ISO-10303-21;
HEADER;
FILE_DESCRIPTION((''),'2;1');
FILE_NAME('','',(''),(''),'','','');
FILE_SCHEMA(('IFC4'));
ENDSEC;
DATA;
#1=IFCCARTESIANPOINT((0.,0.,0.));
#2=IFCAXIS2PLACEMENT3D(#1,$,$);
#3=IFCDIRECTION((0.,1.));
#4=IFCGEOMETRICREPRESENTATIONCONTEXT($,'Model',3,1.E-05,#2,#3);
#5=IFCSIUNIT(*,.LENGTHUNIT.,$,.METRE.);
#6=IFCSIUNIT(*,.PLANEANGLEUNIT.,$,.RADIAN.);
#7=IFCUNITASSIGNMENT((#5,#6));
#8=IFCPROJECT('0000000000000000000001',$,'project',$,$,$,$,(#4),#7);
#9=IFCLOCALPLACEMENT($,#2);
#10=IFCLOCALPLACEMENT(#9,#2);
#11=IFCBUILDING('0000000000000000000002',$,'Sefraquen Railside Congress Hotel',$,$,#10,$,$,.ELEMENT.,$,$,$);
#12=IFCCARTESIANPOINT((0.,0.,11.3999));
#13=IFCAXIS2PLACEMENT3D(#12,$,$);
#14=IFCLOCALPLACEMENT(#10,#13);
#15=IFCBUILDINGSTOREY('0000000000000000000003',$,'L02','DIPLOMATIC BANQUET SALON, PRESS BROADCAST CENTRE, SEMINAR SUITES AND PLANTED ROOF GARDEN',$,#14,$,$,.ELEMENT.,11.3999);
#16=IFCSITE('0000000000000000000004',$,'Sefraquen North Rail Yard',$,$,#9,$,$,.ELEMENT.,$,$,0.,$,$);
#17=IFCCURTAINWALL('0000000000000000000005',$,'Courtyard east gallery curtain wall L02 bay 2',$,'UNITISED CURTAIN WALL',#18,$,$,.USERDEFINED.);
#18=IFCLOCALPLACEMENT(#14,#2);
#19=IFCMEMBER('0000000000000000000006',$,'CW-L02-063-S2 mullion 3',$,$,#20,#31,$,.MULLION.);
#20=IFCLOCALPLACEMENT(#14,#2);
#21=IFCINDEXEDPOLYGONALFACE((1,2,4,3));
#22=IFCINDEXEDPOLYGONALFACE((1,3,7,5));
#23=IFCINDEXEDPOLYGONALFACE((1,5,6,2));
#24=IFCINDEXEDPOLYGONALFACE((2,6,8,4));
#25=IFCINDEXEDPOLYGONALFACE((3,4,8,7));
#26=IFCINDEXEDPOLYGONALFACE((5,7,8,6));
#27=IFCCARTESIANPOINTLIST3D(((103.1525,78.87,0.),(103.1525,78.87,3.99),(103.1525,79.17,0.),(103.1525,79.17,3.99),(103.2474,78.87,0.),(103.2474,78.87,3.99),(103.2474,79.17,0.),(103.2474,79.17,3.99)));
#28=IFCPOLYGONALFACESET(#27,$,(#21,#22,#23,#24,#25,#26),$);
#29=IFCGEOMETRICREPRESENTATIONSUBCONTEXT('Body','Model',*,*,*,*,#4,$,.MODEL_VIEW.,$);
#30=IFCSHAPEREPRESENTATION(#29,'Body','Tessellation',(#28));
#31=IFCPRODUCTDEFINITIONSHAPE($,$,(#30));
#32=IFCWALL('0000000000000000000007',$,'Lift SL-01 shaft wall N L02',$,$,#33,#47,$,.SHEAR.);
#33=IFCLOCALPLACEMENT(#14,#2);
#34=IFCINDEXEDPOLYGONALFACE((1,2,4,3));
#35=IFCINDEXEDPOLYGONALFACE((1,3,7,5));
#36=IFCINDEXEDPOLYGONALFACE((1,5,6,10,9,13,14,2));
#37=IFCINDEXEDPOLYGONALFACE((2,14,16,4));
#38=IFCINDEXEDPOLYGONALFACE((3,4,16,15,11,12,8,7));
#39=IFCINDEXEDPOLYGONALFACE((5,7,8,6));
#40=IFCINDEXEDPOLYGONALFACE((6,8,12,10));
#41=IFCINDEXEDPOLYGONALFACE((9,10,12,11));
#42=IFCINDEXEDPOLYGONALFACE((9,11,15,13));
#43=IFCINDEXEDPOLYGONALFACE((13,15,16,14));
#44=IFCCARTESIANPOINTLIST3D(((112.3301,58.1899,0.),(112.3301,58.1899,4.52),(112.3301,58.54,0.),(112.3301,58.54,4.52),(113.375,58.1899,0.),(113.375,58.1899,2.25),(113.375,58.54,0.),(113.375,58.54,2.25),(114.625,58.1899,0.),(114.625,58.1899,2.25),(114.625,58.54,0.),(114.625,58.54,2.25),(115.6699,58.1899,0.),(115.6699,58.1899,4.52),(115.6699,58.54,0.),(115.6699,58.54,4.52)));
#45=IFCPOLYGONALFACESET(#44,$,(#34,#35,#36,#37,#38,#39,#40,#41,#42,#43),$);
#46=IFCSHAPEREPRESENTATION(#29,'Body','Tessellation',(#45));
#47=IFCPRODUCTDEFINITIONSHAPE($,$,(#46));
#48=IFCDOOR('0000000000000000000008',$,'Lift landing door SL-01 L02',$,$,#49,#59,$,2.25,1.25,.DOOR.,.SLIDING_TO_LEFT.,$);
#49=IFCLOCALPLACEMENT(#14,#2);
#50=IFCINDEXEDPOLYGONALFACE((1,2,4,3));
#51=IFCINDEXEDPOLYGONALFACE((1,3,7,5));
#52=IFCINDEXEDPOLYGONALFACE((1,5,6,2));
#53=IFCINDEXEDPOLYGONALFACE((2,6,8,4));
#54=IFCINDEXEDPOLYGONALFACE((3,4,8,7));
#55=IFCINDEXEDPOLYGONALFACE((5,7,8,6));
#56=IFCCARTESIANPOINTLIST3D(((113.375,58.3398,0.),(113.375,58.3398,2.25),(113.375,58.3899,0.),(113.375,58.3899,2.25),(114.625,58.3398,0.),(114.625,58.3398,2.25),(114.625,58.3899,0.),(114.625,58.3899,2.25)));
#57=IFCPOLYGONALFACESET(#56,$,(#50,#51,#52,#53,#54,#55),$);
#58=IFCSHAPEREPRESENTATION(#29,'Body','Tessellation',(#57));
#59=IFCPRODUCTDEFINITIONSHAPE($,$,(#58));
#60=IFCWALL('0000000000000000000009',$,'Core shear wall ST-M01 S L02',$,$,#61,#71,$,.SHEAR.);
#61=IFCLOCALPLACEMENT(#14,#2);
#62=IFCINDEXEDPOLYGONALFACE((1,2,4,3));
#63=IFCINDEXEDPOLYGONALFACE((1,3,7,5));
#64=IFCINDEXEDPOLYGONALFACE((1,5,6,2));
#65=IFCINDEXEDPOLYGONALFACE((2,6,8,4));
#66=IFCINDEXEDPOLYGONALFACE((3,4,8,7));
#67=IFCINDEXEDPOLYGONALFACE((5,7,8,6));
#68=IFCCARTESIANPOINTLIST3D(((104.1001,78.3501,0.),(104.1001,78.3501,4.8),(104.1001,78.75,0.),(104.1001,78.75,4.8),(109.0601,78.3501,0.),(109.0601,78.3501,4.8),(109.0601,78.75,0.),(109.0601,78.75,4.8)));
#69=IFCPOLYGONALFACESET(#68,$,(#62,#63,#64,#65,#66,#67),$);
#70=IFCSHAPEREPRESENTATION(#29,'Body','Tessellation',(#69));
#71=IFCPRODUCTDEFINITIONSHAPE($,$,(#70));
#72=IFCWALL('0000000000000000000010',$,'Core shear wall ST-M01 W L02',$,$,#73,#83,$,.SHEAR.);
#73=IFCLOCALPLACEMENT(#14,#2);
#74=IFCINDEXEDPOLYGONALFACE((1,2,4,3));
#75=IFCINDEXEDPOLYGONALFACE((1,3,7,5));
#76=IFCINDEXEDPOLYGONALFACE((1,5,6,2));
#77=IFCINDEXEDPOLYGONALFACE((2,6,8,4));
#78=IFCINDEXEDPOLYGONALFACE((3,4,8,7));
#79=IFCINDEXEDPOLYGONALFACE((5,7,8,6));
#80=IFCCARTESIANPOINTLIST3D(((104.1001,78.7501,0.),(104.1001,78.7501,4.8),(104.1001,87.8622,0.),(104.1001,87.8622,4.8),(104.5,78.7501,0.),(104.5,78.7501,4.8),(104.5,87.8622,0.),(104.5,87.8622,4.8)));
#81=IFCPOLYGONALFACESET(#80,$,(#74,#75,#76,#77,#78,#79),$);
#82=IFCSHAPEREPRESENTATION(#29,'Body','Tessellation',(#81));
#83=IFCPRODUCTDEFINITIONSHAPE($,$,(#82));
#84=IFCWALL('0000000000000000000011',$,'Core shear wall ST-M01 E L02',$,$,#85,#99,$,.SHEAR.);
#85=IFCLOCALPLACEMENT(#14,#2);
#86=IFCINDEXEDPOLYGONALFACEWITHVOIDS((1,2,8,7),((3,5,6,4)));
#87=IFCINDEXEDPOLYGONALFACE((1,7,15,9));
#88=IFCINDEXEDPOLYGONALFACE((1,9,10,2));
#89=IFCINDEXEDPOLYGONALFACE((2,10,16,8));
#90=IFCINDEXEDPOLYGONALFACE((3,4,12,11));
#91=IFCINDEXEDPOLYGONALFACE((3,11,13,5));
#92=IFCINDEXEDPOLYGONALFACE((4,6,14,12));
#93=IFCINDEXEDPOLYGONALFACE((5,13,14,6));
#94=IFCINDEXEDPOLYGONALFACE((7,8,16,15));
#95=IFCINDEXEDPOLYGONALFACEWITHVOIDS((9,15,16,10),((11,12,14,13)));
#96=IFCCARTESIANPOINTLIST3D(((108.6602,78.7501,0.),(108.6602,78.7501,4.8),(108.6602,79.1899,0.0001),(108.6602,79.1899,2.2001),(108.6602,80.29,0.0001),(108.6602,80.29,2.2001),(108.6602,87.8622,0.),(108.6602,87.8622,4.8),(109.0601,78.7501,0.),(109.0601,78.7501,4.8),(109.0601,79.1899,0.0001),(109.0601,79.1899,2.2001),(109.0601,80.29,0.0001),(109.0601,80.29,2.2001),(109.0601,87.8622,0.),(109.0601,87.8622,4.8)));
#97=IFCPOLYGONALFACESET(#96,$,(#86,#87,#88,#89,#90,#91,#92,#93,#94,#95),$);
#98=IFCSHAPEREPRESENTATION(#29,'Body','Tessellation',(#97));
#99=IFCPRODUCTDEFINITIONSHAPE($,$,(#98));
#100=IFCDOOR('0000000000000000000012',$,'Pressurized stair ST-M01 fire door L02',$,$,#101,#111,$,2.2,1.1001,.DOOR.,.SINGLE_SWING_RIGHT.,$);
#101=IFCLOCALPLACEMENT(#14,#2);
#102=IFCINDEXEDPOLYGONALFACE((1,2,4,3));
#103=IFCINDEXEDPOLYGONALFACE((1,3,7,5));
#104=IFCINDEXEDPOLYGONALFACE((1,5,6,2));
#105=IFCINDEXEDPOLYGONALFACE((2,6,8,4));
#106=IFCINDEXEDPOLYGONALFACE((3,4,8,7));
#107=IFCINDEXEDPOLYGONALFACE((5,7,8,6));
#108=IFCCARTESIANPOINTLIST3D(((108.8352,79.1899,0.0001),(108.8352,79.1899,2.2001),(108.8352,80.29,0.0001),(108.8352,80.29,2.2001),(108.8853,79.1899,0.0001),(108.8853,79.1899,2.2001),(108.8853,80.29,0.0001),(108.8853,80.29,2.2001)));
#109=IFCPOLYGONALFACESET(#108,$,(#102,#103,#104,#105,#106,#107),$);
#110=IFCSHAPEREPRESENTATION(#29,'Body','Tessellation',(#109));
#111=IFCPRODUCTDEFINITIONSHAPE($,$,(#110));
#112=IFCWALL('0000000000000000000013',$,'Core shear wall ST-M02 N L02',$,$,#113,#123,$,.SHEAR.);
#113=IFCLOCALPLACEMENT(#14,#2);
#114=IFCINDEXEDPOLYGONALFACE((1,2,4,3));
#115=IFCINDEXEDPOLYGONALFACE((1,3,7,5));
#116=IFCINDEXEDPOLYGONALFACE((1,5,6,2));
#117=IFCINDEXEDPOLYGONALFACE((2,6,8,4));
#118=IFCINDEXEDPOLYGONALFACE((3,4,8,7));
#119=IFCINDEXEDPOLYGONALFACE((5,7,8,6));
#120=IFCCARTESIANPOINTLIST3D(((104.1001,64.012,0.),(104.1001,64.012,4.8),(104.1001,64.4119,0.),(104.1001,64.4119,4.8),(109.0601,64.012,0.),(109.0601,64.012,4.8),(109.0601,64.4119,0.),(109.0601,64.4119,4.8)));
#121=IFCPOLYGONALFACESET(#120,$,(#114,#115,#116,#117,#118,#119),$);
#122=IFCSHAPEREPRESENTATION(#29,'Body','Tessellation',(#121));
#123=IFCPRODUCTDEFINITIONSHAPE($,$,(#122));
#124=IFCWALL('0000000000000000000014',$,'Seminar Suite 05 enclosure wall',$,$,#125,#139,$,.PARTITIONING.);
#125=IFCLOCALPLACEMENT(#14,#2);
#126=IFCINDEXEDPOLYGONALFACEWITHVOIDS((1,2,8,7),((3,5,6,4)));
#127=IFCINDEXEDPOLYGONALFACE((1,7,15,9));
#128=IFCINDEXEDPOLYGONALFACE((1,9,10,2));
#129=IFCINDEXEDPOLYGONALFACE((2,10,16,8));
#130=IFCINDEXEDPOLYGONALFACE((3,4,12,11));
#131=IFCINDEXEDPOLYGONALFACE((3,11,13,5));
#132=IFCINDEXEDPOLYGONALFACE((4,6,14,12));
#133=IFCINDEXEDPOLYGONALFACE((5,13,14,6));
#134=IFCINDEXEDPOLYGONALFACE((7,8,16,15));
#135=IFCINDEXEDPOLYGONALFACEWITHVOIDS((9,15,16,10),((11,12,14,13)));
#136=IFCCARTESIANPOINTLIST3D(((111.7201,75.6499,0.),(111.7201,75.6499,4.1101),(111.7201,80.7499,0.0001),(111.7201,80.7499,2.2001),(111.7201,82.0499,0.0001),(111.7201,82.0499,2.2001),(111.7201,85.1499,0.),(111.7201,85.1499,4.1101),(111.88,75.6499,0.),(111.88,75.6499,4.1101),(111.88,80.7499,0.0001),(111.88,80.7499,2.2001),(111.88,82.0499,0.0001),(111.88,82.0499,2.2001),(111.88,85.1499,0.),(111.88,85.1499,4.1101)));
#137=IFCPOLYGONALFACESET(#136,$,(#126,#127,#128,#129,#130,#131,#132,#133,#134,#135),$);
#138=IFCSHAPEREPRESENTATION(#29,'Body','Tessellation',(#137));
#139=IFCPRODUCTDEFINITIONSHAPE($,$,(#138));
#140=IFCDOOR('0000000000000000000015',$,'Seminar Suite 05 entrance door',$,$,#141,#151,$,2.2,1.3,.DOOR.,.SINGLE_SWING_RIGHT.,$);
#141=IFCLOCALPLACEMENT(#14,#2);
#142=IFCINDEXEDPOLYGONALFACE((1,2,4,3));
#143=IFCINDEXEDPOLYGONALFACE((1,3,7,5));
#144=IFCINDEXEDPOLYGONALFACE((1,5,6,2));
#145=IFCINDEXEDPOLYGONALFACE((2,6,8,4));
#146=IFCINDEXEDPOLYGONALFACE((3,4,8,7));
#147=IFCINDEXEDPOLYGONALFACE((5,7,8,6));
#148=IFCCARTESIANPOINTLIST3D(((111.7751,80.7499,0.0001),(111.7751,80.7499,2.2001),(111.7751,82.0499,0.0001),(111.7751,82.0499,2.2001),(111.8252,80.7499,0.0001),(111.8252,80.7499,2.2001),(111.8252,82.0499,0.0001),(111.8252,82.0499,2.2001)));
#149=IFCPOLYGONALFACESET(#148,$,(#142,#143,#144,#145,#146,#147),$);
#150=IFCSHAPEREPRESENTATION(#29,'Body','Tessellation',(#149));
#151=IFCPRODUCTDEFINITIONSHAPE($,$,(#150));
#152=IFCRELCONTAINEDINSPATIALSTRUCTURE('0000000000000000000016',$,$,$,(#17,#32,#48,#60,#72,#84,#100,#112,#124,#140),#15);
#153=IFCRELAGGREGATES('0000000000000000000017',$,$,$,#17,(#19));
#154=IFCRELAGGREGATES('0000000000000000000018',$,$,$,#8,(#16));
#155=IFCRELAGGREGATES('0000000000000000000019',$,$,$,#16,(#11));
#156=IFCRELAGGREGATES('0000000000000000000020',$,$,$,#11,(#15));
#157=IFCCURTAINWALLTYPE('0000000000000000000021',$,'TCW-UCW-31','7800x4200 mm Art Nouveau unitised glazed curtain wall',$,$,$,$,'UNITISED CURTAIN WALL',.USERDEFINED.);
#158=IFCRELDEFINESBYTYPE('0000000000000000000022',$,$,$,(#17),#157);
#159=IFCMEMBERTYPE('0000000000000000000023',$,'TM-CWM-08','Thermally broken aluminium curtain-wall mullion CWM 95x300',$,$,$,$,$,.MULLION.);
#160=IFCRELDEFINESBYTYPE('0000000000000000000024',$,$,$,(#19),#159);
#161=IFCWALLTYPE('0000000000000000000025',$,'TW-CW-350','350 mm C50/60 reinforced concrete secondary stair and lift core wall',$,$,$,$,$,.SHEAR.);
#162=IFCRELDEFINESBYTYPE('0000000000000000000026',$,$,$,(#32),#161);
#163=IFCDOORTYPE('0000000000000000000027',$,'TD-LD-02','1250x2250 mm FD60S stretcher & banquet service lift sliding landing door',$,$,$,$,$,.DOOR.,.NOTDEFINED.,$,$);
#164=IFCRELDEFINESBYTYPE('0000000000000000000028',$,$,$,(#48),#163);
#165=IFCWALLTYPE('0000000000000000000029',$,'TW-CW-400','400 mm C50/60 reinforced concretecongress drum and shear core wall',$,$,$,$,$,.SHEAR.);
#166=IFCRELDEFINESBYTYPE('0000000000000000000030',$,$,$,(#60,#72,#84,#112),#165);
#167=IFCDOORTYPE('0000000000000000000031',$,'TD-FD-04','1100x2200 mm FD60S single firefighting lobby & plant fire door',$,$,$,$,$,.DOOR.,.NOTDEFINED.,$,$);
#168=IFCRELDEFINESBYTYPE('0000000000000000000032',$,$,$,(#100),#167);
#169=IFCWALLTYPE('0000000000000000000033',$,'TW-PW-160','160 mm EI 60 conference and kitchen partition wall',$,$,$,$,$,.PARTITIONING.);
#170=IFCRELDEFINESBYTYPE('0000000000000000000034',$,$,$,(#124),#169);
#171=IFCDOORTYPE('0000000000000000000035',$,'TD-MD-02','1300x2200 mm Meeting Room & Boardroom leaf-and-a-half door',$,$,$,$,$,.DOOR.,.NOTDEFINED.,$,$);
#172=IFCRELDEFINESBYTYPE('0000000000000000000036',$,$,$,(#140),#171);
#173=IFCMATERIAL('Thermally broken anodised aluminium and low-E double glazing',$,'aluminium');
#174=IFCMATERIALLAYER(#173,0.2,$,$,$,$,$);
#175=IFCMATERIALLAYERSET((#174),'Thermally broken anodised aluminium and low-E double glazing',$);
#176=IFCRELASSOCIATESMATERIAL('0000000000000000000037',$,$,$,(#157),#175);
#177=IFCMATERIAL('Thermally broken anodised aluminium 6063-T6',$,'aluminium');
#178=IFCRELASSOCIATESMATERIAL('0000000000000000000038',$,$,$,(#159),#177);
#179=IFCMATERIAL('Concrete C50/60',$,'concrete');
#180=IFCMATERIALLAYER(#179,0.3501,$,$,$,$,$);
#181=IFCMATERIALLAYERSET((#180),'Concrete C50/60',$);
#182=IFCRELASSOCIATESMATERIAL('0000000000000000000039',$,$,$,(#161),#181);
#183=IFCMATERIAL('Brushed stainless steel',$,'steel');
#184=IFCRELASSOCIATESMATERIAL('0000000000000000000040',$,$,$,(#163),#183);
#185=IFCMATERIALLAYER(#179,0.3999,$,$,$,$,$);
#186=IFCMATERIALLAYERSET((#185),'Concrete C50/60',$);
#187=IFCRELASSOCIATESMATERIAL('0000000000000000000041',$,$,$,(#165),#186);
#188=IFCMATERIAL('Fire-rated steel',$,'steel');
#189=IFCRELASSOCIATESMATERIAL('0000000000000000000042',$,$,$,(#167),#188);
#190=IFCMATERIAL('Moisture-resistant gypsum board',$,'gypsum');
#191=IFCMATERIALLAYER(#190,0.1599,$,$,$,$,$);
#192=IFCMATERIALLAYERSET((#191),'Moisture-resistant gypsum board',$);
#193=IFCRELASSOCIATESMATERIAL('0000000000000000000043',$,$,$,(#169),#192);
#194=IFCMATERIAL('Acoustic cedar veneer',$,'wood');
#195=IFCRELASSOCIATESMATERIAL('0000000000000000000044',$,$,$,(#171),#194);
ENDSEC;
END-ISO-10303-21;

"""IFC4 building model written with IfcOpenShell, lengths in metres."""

from ifc_helpers import new_model, si_unit, direction, frame, frame_2d, origin, origin_2d, place, context, subcontext, project, spatial, rectangle, extrude, material, layer, layer_set, material_profile, profile_set, type_object, element, fill, aggregate, save


model = new_model("IFC4")

# Units and contexts
model_context = context("Model", 3, precision=1e-05, world=origin(), true_north=direction((0.0, 1.0)))
body_context = subcontext(model_context, "Body", "Model", "MODEL_VIEW")
ifc_project = project(units=[si_unit("LENGTHUNIT", "METRE"), si_unit("PLANEANGLEUNIT", "RADIAN")], contexts=[model_context])

# Site, building, storey
site_placement = place(None, origin())
site = spatial("IfcSite", under=ifc_project, at=site_placement, Name="Sefraquen North Rail Yard", CompositionType="ELEMENT", RefElevation=0.0)
building_placement = place(site_placement, origin())
building = spatial("IfcBuilding", under=site, at=building_placement, Name="Sefraquen Railside Congress Hotel", CompositionType="ELEMENT")
storey_placement = place(building_placement, frame((0.0, 0.0, 11.3999)))
storey = spatial("IfcBuildingStorey", under=building, at=storey_placement, Name="L02", Description="DIPLOMATIC BANQUET SALON, PRESS BROADCAST CENTRE, SEMINAR SUITES AND PLANTED ROOF GARDEN", CompositionType="ELEMENT", Elevation=11.3999)

# Curtain wall, member
ifc_material_1 = material(Name="Thermally broken anodised aluminium and low-E double glazing", Category="aluminium")
ifc_layer_1 = layer(ifc_material_1, 0.2)
ifc_layer_set_1 = layer_set([ifc_layer_1], Name="Thermally broken anodised aluminium and low-E double glazing")
curtain_wall_type = type_object("IfcCurtainWallType", Name="TCW-UCW-31", Description="7800x4200 mm Art Nouveau unitised glazed curtain wall", ElementType="UNITISED CURTAIN WALL", PredefinedType="USERDEFINED", material=ifc_layer_set_1)
curtain_wall_placement = place(storey_placement, origin())
curtain_wall = element("IfcCurtainWall", 1, at=curtain_wall_placement, inside=storey, type_object=curtain_wall_type, Name="Courtyard east gallery curtain wall L02 bay 2", ObjectType="UNITISED CURTAIN WALL", PredefinedType="USERDEFINED")
ifc_material_2 = material(Name="Thermally broken anodised aluminium 6063-T6", Category="aluminium")
ifc_material_profile_1 = material_profile(ifc_material_2, rectangle(XDim=0.095, YDim=0.3, at=origin_2d()), Name="CWM 95x300")
ifc_profile_set_1 = profile_set([ifc_material_profile_1], Name="Thermally broken anodised aluminium 6063-T6")
member_type = type_object("IfcMemberType", Name="TM-CWM-08", Description="Thermally broken aluminium curtain-wall mullion CWM 95x300", PredefinedType="MULLION", material=ifc_profile_set_1)
member_placement = place(storey_placement, frame((103.2, 79.02, 0.0), z_axis=(0.0, 0.0, 1.0), x_axis=(1.0, 0.0, 0.0)))
member = element("IfcMember", 2, at=member_placement, type_object=member_type, Name="CW-L02-063-S2 mullion 3", PredefinedType="MULLION", context=body_context, shape_type="SweptSolid", body=[
    extrude(rectangle(XDim=0.095, YDim=0.3, at=origin_2d()), origin(), (0.0, 0.0, 1.0), 3.99),
])
aggregate(curtain_wall, [member])

# Wall, opening, door
ifc_material_3 = material(Name="Concrete C50/60", Category="concrete")
ifc_layer_2 = layer(ifc_material_3, 0.3501)
ifc_layer_set_2 = layer_set([ifc_layer_2], Name="Concrete C50/60")
wall_type_1 = type_object("IfcWallType", Name="TW-CW-350", Description="350 mm C50/60 reinforced concrete secondary stair and lift core wall", PredefinedType="SHEAR", material=ifc_layer_set_2)
wall_1_placement = place(storey_placement, frame((112.3301, 58.365, 0.0), z_axis=(0.0, 0.0, 1.0), x_axis=(1.0, 0.0, 0.0)))
wall_1 = element("IfcWall", 3, at=wall_1_placement, inside=storey, type_object=wall_type_1, Name="Lift SL-01 shaft wall N L02", PredefinedType="SHEAR", context=body_context, shape_type="SweptSolid", body=[
    extrude(rectangle(XDim=3.3398, YDim=0.3501, at=frame_2d((1.6699, 0.0))), origin(), (0.0, 0.0, 1.0), 4.52),
])
opening_1_placement = place(wall_1_placement, frame((1.0449, 0.0, 0.0)))
opening_1 = element("IfcOpeningElement", 4, at=opening_1_placement, cuts=wall_1, PredefinedType="OPENING", context=body_context, shape_type="SweptSolid", body=[
    extrude(rectangle(XDim=1.25, YDim=2.25, at=frame_2d((0.625, 1.125))), frame((0.0, 0.1851, 0.0), z_axis=(0.0, -1.0, 0.0), x_axis=(1.0, 0.0, 0.0)), (0.0, 0.0, 1.0), 0.3701),
])
ifc_material_4 = material(Name="Brushed stainless steel", Category="steel")
door_type_1 = type_object("IfcDoorType", Name="TD-LD-02", Description="1250x2250 mm FD60S stretcher & banquet service lift sliding landing door", OperationType="NOTDEFINED", PredefinedType="DOOR", material=ifc_material_4)
door_1_placement = place(opening_1_placement, origin())
door_1 = element("IfcDoor", 5, at=door_1_placement, inside=storey, type_object=door_type_1, Name="Lift landing door SL-01 L02", OperationType="SLIDING_TO_LEFT", OverallHeight=2.25, OverallWidth=1.25, PredefinedType="DOOR", context=body_context, shape_type="SweptSolid", body=[
    extrude(rectangle(XDim=1.25, YDim=2.25, at=frame_2d((0.625, 1.125))), frame((0.0, 0.0249, 0.0), z_axis=(0.0, -1.0, 0.0), x_axis=(1.0, 0.0, 0.0)), (0.0, 0.0, 1.0), 0.05),
])
fill(opening_1, door_1)

# Walls
ifc_layer_3 = layer(ifc_material_3, 0.3999)
ifc_layer_set_3 = layer_set([ifc_layer_3], Name="Concrete C50/60")
wall_type_2 = type_object("IfcWallType", Name="TW-CW-400", Description="400 mm C50/60 reinforced concretecongress drum and shear core wall", PredefinedType="SHEAR", material=ifc_layer_set_3)
wall_2_placement = place(storey_placement, frame((104.1001, 78.55, 0.0), z_axis=(0.0, 0.0, 1.0), x_axis=(1.0, 0.0, 0.0)))
element("IfcWall", 6, at=wall_2_placement, inside=storey, type_object=wall_type_2, Name="Core shear wall ST-M01 S L02", PredefinedType="SHEAR", context=body_context, shape_type="SweptSolid", body=[
    extrude(rectangle(XDim=4.96, YDim=0.3999, at=frame_2d((2.48, 0.0))), origin(), (0.0, 0.0, 1.0), 4.8),
])
wall_3_placement = place(storey_placement, frame((104.3, 78.75, 0.0), z_axis=(0.0, 0.0, 1.0), x_axis=(0.0, 1.0, 0.0)))
element("IfcWall", 7, at=wall_3_placement, inside=storey, type_object=wall_type_2, Name="Core shear wall ST-M01 W L02", PredefinedType="SHEAR", context=body_context, shape_type="SweptSolid", body=[
    extrude(rectangle(XDim=9.1121, YDim=0.3999, at=frame_2d((4.5562, 0.0))), origin(), (0.0, 0.0, 1.0), 4.8),
])

# Wall, opening, door
wall_4_placement = place(storey_placement, frame((108.8601, 78.75, 0.0), z_axis=(0.0, 0.0, 1.0), x_axis=(0.0, 1.0, 0.0)))
wall_4 = element("IfcWall", 8, at=wall_4_placement, inside=storey, type_object=wall_type_2, Name="Core shear wall ST-M01 E L02", PredefinedType="SHEAR", context=body_context, shape_type="SweptSolid", body=[
    extrude(rectangle(XDim=9.1121, YDim=0.3999, at=frame_2d((4.5562, 0.0))), origin(), (0.0, 0.0, 1.0), 4.8),
])
opening_2_placement = place(wall_4_placement, frame((0.4399, 0.0, 0.0)))
opening_2 = element("IfcOpeningElement", 9, at=opening_2_placement, cuts=wall_4, PredefinedType="OPENING", context=body_context, shape_type="SweptSolid", body=[
    extrude(rectangle(XDim=1.1001, YDim=2.2, at=frame_2d((0.55, 1.1001))), frame((0.0, 0.21, 0.0), z_axis=(0.0, -1.0, 0.0), x_axis=(1.0, 0.0, 0.0)), (0.0, 0.0, 1.0), 0.4199),
])
ifc_material_5 = material(Name="Fire-rated steel", Category="steel")
door_type_2 = type_object("IfcDoorType", Name="TD-FD-04", Description="1100x2200 mm FD60S single firefighting lobby & plant fire door", OperationType="NOTDEFINED", PredefinedType="DOOR", material=ifc_material_5)
door_2_placement = place(opening_2_placement, origin())
door_2 = element("IfcDoor", 10, at=door_2_placement, inside=storey, type_object=door_type_2, Name="Pressurized stair ST-M01 fire door L02", OperationType="SINGLE_SWING_RIGHT", OverallHeight=2.2, OverallWidth=1.1001, PredefinedType="DOOR", context=body_context, shape_type="SweptSolid", body=[
    extrude(rectangle(XDim=1.1001, YDim=2.2, at=frame_2d((0.55, 1.1001))), frame((0.0, 0.0249, 0.0), z_axis=(0.0, -1.0, 0.0), x_axis=(1.0, 0.0, 0.0)), (0.0, 0.0, 1.0), 0.05),
])
fill(opening_2, door_2)

# Wall
wall_5_placement = place(storey_placement, frame((104.1001, 64.2119, 0.0), z_axis=(0.0, 0.0, 1.0), x_axis=(1.0, 0.0, 0.0)))
element("IfcWall", 11, at=wall_5_placement, inside=storey, type_object=wall_type_2, Name="Core shear wall ST-M02 N L02", PredefinedType="SHEAR", context=body_context, shape_type="SweptSolid", body=[
    extrude(rectangle(XDim=4.96, YDim=0.3999, at=frame_2d((2.48, 0.0))), origin(), (0.0, 0.0, 1.0), 4.8),
])

# Wall, opening, door
ifc_material_6 = material(Name="Moisture-resistant gypsum board", Category="gypsum")
ifc_layer_4 = layer(ifc_material_6, 0.1599)
ifc_layer_set_4 = layer_set([ifc_layer_4], Name="Moisture-resistant gypsum board")
wall_type_3 = type_object("IfcWallType", Name="TW-PW-160", Description="160 mm EI 60 conference and kitchen partition wall", PredefinedType="PARTITIONING", material=ifc_layer_set_4)
wall_6_placement = place(storey_placement, frame((111.8, 75.6499, 0.0), z_axis=(0.0, 0.0, 1.0), x_axis=(0.0, 1.0, 0.0)))
wall_6 = element("IfcWall", 12, at=wall_6_placement, inside=storey, type_object=wall_type_3, Name="Seminar Suite 05 enclosure wall", PredefinedType="PARTITIONING", context=body_context, shape_type="SweptSolid", body=[
    extrude(rectangle(XDim=9.5, YDim=0.1599, at=frame_2d((4.75, 0.0))), origin(), (0.0, 0.0, 1.0), 4.1101),
])
opening_3_placement = place(wall_6_placement, frame((5.1001, 0.0, 0.0)))
opening_3 = element("IfcOpeningElement", 13, at=opening_3_placement, cuts=wall_6, PredefinedType="OPENING", context=body_context, shape_type="SweptSolid", body=[
    extrude(rectangle(XDim=1.3, YDim=2.2, at=frame_2d((0.6499, 1.1001))), frame((0.0, 0.0898, 0.0), z_axis=(0.0, -1.0, 0.0), x_axis=(1.0, 0.0, 0.0)), (0.0, 0.0, 1.0), 0.1799),
])
ifc_material_7 = material(Name="Acoustic cedar veneer", Category="wood")
door_type_3 = type_object("IfcDoorType", Name="TD-MD-02", Description="1300x2200 mm Meeting Room & Boardroom leaf-and-a-half door", OperationType="NOTDEFINED", PredefinedType="DOOR", material=ifc_material_7)
door_3_placement = place(opening_3_placement, origin())
door_3 = element("IfcDoor", 14, at=door_3_placement, inside=storey, type_object=door_type_3, Name="Seminar Suite 05 entrance door", OperationType="SINGLE_SWING_RIGHT", OverallHeight=2.2, OverallWidth=1.3, PredefinedType="DOOR", context=body_context, shape_type="SweptSolid", body=[
    extrude(rectangle(XDim=1.3, YDim=2.2, at=frame_2d((0.6499, 1.1001))), frame((0.0, 0.0249, 0.0), z_axis=(0.0, -1.0, 0.0), x_axis=(1.0, 0.0, 0.0)), (0.0, 0.0, 1.0), 0.05),
])
fill(opening_3, door_3)

save(model, "model.ifc")
